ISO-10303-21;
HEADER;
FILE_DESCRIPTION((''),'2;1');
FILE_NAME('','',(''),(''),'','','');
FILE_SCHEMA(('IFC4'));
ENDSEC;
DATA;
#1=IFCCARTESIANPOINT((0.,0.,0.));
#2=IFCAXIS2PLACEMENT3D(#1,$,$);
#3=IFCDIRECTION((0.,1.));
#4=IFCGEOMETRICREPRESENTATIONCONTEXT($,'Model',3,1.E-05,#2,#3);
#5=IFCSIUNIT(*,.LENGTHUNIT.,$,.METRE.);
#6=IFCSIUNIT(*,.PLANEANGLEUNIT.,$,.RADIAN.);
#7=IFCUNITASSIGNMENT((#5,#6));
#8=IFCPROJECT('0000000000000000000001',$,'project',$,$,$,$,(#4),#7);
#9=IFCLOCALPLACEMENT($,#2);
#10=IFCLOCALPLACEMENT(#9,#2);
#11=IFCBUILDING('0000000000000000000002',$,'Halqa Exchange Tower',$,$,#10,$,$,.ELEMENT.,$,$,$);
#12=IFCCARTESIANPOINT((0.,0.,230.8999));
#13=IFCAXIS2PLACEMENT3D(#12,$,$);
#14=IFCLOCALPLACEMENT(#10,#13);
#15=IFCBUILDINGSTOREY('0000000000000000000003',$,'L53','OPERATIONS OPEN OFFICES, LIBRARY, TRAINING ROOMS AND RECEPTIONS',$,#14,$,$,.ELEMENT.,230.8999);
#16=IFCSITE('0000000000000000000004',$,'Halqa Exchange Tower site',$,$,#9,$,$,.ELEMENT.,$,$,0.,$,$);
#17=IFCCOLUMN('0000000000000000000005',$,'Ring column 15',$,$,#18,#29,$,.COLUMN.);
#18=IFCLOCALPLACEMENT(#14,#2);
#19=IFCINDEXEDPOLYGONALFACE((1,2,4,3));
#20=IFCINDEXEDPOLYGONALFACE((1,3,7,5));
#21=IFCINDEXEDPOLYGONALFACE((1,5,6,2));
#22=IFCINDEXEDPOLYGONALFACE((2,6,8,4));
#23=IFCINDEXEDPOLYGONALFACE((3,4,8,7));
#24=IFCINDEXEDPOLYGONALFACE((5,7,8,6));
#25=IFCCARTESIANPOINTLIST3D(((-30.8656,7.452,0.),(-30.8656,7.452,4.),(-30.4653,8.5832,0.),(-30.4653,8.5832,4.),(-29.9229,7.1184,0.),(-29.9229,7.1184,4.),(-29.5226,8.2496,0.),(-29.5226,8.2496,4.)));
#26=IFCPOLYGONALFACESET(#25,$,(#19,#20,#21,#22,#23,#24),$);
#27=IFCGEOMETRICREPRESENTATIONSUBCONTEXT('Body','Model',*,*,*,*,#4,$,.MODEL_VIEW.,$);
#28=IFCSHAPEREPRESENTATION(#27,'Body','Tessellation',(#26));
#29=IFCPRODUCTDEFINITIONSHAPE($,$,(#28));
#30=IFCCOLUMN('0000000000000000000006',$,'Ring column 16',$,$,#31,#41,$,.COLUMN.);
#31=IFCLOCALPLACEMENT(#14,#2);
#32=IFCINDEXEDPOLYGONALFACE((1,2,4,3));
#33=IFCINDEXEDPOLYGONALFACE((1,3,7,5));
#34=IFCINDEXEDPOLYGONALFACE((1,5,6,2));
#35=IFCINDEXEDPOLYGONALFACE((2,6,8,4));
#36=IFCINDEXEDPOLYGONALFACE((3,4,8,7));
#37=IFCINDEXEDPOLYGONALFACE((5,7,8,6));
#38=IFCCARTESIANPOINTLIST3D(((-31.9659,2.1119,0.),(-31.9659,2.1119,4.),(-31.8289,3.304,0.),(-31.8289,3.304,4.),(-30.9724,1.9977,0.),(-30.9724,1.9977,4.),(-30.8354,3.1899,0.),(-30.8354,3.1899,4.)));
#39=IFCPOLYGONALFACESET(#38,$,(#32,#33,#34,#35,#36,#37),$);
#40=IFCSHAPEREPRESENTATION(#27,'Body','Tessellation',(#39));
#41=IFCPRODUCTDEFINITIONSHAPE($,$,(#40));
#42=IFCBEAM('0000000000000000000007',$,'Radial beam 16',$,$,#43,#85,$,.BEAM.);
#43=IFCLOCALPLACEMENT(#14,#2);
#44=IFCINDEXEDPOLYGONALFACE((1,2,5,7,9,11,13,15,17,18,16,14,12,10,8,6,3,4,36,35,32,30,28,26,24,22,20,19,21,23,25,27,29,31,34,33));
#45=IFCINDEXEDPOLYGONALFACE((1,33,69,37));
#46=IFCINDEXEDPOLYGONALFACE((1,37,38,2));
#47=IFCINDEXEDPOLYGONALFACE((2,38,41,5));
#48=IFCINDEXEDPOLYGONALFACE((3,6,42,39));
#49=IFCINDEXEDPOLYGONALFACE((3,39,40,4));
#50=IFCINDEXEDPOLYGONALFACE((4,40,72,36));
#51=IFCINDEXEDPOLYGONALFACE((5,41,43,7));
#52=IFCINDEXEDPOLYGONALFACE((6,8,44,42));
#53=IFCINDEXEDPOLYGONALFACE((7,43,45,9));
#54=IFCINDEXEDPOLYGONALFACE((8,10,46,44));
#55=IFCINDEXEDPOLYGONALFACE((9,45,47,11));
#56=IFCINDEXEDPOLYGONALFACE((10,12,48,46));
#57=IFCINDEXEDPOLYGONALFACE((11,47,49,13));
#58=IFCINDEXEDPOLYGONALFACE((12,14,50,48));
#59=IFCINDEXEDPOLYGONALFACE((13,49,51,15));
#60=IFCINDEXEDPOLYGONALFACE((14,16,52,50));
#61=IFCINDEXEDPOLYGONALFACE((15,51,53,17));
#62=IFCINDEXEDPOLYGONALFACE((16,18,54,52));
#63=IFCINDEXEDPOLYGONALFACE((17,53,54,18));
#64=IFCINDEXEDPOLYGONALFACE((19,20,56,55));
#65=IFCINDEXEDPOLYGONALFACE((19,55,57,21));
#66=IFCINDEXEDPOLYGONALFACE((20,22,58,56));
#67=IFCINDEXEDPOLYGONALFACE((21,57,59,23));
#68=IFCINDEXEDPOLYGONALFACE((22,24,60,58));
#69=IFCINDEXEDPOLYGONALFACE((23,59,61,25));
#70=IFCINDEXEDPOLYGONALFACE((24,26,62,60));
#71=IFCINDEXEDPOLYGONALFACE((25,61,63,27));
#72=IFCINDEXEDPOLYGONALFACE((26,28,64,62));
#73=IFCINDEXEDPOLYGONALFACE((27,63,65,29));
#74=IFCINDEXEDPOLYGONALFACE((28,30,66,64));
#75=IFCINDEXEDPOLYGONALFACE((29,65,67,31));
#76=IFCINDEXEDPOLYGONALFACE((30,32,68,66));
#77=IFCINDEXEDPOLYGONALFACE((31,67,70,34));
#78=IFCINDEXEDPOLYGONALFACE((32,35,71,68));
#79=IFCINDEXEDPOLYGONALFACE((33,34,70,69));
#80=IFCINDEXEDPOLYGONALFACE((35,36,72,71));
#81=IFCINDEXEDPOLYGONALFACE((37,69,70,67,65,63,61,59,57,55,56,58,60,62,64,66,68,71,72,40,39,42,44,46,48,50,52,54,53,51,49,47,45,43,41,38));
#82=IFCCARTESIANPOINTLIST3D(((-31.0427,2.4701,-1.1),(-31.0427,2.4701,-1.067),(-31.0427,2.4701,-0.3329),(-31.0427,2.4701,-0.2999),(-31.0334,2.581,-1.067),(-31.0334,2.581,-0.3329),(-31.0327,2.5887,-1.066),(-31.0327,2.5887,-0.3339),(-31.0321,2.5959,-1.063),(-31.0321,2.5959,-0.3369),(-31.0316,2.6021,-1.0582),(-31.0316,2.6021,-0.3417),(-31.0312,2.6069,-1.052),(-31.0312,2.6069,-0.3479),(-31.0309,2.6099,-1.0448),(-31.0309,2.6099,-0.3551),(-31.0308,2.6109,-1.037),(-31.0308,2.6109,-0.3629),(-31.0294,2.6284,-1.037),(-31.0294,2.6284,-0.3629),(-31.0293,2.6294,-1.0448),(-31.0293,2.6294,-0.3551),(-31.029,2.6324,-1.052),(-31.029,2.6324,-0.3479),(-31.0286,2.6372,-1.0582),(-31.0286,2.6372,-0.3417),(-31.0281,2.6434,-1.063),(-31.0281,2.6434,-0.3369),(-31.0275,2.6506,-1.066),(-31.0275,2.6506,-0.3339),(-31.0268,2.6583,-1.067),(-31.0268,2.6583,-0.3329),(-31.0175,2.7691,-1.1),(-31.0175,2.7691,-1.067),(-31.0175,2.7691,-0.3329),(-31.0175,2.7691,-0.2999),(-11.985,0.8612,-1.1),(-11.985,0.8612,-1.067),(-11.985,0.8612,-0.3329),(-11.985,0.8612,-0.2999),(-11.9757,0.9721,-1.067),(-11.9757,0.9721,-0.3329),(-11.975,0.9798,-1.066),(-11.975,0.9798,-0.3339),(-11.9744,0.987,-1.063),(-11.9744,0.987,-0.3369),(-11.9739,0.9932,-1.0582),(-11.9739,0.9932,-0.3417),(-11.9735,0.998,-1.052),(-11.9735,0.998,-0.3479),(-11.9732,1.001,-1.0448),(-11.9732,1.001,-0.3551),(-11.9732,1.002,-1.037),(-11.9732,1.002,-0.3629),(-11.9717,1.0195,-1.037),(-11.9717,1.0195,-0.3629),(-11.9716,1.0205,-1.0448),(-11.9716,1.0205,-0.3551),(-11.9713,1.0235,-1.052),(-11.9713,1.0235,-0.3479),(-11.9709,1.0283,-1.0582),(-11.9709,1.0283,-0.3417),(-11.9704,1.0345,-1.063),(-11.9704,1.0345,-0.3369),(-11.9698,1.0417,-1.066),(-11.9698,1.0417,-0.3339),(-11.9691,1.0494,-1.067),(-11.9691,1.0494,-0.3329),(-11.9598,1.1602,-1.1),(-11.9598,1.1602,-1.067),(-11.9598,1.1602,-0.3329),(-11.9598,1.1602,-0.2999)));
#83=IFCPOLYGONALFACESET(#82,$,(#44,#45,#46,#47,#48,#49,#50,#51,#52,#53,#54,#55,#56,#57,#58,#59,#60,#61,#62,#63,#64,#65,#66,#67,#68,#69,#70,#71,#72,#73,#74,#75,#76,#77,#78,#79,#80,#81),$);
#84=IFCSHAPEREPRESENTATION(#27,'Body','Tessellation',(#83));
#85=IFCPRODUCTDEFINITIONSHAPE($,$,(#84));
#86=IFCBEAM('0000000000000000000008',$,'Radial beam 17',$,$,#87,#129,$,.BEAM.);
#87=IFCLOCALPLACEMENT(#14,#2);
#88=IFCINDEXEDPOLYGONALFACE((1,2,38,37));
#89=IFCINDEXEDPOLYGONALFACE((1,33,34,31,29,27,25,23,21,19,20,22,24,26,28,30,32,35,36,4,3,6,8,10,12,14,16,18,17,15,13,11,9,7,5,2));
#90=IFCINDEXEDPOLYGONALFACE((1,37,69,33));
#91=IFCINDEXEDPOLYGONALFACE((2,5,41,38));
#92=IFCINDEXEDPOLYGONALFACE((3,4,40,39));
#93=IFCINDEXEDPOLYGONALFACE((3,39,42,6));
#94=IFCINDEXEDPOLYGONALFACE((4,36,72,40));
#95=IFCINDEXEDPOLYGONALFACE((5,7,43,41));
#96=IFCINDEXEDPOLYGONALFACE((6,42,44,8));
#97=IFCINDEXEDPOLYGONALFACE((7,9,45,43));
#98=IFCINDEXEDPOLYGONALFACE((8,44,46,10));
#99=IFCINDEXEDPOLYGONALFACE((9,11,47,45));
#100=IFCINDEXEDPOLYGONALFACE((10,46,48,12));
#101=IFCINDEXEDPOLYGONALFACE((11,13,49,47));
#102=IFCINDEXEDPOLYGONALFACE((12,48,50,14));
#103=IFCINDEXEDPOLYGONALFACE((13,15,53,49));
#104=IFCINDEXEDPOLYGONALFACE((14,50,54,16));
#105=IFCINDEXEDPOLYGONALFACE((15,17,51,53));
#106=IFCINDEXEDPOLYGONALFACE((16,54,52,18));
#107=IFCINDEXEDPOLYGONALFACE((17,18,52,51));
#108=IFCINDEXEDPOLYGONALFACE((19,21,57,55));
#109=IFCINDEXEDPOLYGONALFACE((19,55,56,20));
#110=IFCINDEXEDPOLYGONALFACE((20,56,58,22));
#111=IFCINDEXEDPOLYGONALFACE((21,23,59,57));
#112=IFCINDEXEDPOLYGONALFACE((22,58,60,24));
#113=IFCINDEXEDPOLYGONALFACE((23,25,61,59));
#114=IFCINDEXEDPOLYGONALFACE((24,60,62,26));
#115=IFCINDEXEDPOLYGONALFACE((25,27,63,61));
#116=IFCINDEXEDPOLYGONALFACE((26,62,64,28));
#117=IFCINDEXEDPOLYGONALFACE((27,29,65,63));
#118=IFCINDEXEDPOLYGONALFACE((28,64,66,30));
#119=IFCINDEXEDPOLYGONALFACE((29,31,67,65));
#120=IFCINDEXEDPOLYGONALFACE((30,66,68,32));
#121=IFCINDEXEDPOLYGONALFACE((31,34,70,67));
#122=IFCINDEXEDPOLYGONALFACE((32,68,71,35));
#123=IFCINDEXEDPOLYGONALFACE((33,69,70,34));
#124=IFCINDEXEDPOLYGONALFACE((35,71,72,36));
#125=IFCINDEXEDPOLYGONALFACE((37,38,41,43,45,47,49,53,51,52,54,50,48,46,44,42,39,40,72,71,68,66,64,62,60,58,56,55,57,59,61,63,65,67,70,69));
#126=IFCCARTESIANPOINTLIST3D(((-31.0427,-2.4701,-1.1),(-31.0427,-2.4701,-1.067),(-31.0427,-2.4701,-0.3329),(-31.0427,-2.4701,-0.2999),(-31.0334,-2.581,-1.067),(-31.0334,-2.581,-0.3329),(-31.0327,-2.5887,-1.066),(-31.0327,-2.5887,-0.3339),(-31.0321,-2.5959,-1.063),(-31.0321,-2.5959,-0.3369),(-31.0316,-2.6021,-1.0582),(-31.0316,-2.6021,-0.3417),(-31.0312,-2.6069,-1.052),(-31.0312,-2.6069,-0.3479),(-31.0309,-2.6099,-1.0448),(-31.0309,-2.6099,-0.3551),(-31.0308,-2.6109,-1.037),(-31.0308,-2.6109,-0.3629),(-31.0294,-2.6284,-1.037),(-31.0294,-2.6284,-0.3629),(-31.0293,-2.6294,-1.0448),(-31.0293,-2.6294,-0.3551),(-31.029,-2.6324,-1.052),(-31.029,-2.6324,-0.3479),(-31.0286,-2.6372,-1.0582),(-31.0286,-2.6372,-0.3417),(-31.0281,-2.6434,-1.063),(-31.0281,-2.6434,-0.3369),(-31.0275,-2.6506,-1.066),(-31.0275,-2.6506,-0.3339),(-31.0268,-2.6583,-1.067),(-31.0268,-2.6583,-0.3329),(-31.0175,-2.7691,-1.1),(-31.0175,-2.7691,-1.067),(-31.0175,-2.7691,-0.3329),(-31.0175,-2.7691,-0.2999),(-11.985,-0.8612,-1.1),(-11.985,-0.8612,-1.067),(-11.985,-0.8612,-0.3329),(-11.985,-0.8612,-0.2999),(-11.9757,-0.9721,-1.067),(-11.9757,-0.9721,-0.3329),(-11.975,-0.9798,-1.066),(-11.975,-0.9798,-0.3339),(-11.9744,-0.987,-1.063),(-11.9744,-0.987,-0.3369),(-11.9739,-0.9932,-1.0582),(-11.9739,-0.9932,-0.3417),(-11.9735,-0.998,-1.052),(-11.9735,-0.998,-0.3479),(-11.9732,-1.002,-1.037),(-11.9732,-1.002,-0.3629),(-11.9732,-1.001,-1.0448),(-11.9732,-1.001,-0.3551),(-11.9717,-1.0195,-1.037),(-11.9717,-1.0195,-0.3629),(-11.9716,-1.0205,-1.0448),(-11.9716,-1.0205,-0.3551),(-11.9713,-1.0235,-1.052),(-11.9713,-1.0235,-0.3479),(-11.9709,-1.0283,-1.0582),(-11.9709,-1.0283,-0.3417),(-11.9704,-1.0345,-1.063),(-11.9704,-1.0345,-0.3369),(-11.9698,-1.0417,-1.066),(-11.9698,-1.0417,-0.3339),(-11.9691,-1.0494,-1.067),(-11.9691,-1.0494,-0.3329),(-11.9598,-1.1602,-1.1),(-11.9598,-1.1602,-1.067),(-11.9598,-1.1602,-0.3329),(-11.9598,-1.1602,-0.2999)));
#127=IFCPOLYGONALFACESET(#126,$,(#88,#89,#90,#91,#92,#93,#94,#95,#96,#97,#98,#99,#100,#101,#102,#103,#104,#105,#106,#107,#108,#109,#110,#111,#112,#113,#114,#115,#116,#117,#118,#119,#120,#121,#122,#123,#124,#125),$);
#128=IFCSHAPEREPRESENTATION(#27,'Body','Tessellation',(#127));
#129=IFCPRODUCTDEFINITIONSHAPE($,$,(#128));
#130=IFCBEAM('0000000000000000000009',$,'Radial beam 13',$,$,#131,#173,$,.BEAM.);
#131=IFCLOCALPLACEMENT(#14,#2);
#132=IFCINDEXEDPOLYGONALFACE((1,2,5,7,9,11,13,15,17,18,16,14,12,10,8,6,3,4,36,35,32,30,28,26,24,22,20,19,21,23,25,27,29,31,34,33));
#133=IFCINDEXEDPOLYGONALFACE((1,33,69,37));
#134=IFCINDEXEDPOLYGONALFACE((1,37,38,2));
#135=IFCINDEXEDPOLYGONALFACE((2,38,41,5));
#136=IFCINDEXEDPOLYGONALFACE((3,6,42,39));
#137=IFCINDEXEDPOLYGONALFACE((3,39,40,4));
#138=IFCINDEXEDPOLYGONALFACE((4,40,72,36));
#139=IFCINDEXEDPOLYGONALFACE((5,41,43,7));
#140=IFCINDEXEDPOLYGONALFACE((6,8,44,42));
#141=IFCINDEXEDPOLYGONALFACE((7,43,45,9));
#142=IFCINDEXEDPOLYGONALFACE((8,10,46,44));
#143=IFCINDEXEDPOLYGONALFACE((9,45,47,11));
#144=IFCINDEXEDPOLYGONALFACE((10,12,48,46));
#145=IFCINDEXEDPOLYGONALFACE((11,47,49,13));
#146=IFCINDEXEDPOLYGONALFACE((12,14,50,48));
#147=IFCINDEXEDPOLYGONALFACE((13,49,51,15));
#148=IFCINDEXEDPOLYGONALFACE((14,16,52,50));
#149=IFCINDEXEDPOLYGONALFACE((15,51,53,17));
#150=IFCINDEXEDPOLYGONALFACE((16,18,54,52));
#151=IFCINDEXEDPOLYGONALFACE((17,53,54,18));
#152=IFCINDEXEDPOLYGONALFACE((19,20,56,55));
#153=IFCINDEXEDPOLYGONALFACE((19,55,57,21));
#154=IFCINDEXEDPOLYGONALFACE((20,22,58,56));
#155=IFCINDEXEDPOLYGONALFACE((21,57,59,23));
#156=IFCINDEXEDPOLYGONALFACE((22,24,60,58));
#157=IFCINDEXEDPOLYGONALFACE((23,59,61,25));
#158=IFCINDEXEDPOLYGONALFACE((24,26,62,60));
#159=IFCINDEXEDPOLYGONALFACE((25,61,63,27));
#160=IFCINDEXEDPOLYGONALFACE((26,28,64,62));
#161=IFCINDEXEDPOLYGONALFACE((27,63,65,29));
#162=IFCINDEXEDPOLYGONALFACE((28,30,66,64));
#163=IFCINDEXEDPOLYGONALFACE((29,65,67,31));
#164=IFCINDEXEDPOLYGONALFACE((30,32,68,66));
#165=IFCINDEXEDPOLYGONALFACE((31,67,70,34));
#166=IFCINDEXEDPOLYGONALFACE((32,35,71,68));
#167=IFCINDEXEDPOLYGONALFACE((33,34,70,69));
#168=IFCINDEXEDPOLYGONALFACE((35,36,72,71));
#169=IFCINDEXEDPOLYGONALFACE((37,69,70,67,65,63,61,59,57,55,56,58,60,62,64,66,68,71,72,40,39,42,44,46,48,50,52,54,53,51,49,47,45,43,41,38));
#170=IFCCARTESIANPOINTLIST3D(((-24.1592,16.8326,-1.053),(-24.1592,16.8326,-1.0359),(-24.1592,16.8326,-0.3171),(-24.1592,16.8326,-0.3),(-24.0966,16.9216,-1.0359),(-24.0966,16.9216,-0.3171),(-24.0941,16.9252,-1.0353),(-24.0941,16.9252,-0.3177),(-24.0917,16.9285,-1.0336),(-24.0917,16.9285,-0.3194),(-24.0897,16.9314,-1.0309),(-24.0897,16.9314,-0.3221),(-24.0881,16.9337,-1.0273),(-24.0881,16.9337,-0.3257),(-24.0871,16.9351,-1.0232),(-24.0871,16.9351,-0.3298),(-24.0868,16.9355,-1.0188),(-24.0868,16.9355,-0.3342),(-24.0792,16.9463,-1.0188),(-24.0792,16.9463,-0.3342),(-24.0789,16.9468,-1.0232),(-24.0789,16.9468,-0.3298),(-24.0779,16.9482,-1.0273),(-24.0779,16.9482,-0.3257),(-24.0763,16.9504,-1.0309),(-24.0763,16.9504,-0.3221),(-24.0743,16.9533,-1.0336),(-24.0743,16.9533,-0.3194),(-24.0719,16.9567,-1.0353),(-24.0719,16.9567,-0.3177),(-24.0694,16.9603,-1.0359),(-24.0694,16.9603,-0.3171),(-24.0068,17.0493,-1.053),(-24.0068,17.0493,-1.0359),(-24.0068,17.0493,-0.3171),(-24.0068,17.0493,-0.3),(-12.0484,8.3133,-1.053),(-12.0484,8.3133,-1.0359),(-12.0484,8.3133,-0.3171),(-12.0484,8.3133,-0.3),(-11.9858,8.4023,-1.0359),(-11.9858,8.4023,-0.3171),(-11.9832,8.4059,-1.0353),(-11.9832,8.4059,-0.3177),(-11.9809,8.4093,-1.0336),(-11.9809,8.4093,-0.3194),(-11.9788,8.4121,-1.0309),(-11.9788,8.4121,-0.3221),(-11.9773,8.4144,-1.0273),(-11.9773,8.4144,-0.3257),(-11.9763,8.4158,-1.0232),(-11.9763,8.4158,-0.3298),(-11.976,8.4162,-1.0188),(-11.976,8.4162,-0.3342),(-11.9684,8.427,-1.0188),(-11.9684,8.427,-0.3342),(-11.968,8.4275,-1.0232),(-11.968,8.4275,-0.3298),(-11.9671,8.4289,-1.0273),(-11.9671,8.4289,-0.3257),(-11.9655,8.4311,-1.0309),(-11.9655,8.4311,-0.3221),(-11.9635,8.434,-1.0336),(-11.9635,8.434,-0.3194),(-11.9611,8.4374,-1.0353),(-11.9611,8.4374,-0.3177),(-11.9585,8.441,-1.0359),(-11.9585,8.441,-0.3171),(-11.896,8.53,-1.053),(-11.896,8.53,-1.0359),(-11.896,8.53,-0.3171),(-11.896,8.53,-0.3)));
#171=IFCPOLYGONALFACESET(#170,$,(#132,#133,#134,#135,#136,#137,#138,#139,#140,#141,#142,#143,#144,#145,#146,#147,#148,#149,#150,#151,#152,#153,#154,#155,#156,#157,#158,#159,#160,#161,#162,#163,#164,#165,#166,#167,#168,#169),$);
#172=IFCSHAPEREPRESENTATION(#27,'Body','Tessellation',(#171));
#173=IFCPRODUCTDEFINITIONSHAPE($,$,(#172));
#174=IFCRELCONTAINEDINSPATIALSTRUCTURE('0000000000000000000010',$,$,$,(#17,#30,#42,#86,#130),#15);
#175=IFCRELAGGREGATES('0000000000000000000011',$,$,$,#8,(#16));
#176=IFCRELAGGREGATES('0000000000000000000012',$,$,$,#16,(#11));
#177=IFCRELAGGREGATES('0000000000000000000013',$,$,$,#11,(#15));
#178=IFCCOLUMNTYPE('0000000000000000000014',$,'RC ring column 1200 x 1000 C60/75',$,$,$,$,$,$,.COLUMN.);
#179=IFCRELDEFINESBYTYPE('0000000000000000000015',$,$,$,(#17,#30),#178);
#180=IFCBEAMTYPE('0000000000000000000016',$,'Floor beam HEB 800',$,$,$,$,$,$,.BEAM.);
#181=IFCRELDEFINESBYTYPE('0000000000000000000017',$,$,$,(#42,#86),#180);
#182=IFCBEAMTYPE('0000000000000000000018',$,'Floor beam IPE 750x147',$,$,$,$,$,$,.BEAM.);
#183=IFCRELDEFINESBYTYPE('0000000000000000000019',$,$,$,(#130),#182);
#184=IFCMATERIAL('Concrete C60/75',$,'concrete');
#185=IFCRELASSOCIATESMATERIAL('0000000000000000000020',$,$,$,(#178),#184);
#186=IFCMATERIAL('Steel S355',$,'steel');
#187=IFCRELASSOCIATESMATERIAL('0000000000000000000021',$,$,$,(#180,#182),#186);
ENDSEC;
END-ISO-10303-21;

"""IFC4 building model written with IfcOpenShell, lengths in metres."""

from ifc_helpers import new_model, si_unit, direction, frame, origin, origin_2d, place, context, subcontext, project, spatial, rectangle, i_section, extrude, material, material_profile, profile_set, type_object, element, save


model = new_model("IFC4")

# Units and contexts
model_context = context("Model", 3, precision=1e-05, world=origin(), true_north=direction((0.0, 1.0)))
body_context = subcontext(model_context, "Body", "Model", "MODEL_VIEW")
ifc_project = project(units=[si_unit("LENGTHUNIT", "METRE"), si_unit("PLANEANGLEUNIT", "RADIAN")], contexts=[model_context])

# Site, building, storey
site_placement = place(None, origin())
site = spatial("IfcSite", under=ifc_project, at=site_placement, Name="Halqa Exchange Tower site", CompositionType="ELEMENT", RefElevation=0.0)
building_placement = place(site_placement, origin())
building = spatial("IfcBuilding", under=site, at=building_placement, Name="Halqa Exchange Tower", CompositionType="ELEMENT")
storey_placement = place(building_placement, frame((0.0, 0.0, 230.8999)))
storey = spatial("IfcBuildingStorey", under=building, at=storey_placement, Name="L53", Description="OPERATIONS OPEN OFFICES, LIBRARY, TRAINING ROOMS AND RECEPTIONS", CompositionType="ELEMENT", Elevation=230.8999)

# Columns
ifc_material_1 = material(Name="Concrete C60/75", Category="concrete")
ifc_material_profile_1 = material_profile(ifc_material_1, rectangle(XDim=1.2, YDim=1.0, at=origin_2d()), Name="1200 x 1000")
ifc_profile_set_1 = profile_set([ifc_material_profile_1], Name="Concrete C60/75")
column_type = type_object("IfcColumnType", Name="RC ring column 1200 x 1000 C60/75", PredefinedType="COLUMN", material=ifc_profile_set_1)
for number, where, z_axis, x_axis, name in (
    (1, (-30.1941, 7.8508, 0.0), (0.0, 0.0, 1.0), (-0.333631, -0.942704, 0.0), "Ring column 15"),
    (2, (-31.4006, 2.6509, 0.0), (0.0, 0.0, 1.0), (-0.114153, -0.993463, 0.0), "Ring column 16"),
):
    element("IfcColumn", number, at=place(storey_placement, frame(where, z_axis=z_axis, x_axis=x_axis)), inside=storey, type_object=column_type, Name=name, PredefinedType="COLUMN", context=body_context, shape_type="SweptSolid", body=[
        extrude(rectangle(XDim=1.2, YDim=1.0, at=origin_2d()), origin(), (0.0, 0.0, 1.0), 4.0),
    ])

# Beams
ifc_material_2 = material(Name="Steel S355", Category="steel")
ifc_material_profile_2 = material_profile(ifc_material_2, i_section(OverallWidth=0.3, OverallDepth=0.8, WebThickness=0.0176, FlangeThickness=0.033, FilletRadius=0.03, at=origin_2d()), Name="HEB 800")
ifc_profile_set_2 = profile_set([ifc_material_profile_2], Name="Steel S355")
beam_type_1 = type_object("IfcBeamType", Name="Floor beam HEB 800", PredefinedType="BEAM", material=ifc_profile_set_2)
for number, where, z_axis, x_axis, name in (
    (3, (-11.9724, 1.0107, -0.7), (-0.996455, 0.084123, 0.0), (-0.084123, -0.996455, 0.0), "Radial beam 16"),
    (4, (-11.9724, -1.0107, -0.7), (-0.996455, -0.084123, 0.0), (0.084123, -0.996455, 0.0), "Radial beam 17"),
):
    element("IfcBeam", number, at=place(storey_placement, frame(where, z_axis=z_axis, x_axis=x_axis)), inside=storey, type_object=beam_type_1, Name=name, PredefinedType="BEAM", context=body_context, shape_type="SweptSolid", body=[
        extrude(i_section(OverallWidth=0.3, OverallDepth=0.8, WebThickness=0.0176, FlangeThickness=0.033, FilletRadius=0.03, at=origin_2d()), origin(), (0.0, 0.0, 1.0), 19.1255),
    ])
ifc_material_profile_3 = material_profile(ifc_material_2, i_section(OverallWidth=0.2649, OverallDepth=0.7529, WebThickness=0.0132, FlangeThickness=0.0171, FilletRadius=0.0171, at=origin_2d()), Name="IPE 750x147")
ifc_profile_set_3 = profile_set([ifc_material_profile_3], Name="Steel S355")
beam_type_2 = type_object("IfcBeamType", Name="Floor beam IPE 750x147", PredefinedType="BEAM", material=ifc_profile_set_3)
beam_1_placement = place(storey_placement, frame((-11.9722, 8.4216, -0.6765), z_axis=(-0.817907, 0.575351, 0.0), x_axis=(-0.575351, -0.817907, 0.0)))
element("IfcBeam", 5, at=beam_1_placement, inside=storey, type_object=beam_type_2, Name="Radial beam 13", PredefinedType="BEAM", context=body_context, shape_type="SweptSolid", body=[
    extrude(i_section(OverallWidth=0.2649, OverallDepth=0.7529, WebThickness=0.0132, FlangeThickness=0.0171, FilletRadius=0.0171, at=origin_2d()), origin(), (0.0, 0.0, 1.0), 14.8071),
])

save(model, "model.ifc")
